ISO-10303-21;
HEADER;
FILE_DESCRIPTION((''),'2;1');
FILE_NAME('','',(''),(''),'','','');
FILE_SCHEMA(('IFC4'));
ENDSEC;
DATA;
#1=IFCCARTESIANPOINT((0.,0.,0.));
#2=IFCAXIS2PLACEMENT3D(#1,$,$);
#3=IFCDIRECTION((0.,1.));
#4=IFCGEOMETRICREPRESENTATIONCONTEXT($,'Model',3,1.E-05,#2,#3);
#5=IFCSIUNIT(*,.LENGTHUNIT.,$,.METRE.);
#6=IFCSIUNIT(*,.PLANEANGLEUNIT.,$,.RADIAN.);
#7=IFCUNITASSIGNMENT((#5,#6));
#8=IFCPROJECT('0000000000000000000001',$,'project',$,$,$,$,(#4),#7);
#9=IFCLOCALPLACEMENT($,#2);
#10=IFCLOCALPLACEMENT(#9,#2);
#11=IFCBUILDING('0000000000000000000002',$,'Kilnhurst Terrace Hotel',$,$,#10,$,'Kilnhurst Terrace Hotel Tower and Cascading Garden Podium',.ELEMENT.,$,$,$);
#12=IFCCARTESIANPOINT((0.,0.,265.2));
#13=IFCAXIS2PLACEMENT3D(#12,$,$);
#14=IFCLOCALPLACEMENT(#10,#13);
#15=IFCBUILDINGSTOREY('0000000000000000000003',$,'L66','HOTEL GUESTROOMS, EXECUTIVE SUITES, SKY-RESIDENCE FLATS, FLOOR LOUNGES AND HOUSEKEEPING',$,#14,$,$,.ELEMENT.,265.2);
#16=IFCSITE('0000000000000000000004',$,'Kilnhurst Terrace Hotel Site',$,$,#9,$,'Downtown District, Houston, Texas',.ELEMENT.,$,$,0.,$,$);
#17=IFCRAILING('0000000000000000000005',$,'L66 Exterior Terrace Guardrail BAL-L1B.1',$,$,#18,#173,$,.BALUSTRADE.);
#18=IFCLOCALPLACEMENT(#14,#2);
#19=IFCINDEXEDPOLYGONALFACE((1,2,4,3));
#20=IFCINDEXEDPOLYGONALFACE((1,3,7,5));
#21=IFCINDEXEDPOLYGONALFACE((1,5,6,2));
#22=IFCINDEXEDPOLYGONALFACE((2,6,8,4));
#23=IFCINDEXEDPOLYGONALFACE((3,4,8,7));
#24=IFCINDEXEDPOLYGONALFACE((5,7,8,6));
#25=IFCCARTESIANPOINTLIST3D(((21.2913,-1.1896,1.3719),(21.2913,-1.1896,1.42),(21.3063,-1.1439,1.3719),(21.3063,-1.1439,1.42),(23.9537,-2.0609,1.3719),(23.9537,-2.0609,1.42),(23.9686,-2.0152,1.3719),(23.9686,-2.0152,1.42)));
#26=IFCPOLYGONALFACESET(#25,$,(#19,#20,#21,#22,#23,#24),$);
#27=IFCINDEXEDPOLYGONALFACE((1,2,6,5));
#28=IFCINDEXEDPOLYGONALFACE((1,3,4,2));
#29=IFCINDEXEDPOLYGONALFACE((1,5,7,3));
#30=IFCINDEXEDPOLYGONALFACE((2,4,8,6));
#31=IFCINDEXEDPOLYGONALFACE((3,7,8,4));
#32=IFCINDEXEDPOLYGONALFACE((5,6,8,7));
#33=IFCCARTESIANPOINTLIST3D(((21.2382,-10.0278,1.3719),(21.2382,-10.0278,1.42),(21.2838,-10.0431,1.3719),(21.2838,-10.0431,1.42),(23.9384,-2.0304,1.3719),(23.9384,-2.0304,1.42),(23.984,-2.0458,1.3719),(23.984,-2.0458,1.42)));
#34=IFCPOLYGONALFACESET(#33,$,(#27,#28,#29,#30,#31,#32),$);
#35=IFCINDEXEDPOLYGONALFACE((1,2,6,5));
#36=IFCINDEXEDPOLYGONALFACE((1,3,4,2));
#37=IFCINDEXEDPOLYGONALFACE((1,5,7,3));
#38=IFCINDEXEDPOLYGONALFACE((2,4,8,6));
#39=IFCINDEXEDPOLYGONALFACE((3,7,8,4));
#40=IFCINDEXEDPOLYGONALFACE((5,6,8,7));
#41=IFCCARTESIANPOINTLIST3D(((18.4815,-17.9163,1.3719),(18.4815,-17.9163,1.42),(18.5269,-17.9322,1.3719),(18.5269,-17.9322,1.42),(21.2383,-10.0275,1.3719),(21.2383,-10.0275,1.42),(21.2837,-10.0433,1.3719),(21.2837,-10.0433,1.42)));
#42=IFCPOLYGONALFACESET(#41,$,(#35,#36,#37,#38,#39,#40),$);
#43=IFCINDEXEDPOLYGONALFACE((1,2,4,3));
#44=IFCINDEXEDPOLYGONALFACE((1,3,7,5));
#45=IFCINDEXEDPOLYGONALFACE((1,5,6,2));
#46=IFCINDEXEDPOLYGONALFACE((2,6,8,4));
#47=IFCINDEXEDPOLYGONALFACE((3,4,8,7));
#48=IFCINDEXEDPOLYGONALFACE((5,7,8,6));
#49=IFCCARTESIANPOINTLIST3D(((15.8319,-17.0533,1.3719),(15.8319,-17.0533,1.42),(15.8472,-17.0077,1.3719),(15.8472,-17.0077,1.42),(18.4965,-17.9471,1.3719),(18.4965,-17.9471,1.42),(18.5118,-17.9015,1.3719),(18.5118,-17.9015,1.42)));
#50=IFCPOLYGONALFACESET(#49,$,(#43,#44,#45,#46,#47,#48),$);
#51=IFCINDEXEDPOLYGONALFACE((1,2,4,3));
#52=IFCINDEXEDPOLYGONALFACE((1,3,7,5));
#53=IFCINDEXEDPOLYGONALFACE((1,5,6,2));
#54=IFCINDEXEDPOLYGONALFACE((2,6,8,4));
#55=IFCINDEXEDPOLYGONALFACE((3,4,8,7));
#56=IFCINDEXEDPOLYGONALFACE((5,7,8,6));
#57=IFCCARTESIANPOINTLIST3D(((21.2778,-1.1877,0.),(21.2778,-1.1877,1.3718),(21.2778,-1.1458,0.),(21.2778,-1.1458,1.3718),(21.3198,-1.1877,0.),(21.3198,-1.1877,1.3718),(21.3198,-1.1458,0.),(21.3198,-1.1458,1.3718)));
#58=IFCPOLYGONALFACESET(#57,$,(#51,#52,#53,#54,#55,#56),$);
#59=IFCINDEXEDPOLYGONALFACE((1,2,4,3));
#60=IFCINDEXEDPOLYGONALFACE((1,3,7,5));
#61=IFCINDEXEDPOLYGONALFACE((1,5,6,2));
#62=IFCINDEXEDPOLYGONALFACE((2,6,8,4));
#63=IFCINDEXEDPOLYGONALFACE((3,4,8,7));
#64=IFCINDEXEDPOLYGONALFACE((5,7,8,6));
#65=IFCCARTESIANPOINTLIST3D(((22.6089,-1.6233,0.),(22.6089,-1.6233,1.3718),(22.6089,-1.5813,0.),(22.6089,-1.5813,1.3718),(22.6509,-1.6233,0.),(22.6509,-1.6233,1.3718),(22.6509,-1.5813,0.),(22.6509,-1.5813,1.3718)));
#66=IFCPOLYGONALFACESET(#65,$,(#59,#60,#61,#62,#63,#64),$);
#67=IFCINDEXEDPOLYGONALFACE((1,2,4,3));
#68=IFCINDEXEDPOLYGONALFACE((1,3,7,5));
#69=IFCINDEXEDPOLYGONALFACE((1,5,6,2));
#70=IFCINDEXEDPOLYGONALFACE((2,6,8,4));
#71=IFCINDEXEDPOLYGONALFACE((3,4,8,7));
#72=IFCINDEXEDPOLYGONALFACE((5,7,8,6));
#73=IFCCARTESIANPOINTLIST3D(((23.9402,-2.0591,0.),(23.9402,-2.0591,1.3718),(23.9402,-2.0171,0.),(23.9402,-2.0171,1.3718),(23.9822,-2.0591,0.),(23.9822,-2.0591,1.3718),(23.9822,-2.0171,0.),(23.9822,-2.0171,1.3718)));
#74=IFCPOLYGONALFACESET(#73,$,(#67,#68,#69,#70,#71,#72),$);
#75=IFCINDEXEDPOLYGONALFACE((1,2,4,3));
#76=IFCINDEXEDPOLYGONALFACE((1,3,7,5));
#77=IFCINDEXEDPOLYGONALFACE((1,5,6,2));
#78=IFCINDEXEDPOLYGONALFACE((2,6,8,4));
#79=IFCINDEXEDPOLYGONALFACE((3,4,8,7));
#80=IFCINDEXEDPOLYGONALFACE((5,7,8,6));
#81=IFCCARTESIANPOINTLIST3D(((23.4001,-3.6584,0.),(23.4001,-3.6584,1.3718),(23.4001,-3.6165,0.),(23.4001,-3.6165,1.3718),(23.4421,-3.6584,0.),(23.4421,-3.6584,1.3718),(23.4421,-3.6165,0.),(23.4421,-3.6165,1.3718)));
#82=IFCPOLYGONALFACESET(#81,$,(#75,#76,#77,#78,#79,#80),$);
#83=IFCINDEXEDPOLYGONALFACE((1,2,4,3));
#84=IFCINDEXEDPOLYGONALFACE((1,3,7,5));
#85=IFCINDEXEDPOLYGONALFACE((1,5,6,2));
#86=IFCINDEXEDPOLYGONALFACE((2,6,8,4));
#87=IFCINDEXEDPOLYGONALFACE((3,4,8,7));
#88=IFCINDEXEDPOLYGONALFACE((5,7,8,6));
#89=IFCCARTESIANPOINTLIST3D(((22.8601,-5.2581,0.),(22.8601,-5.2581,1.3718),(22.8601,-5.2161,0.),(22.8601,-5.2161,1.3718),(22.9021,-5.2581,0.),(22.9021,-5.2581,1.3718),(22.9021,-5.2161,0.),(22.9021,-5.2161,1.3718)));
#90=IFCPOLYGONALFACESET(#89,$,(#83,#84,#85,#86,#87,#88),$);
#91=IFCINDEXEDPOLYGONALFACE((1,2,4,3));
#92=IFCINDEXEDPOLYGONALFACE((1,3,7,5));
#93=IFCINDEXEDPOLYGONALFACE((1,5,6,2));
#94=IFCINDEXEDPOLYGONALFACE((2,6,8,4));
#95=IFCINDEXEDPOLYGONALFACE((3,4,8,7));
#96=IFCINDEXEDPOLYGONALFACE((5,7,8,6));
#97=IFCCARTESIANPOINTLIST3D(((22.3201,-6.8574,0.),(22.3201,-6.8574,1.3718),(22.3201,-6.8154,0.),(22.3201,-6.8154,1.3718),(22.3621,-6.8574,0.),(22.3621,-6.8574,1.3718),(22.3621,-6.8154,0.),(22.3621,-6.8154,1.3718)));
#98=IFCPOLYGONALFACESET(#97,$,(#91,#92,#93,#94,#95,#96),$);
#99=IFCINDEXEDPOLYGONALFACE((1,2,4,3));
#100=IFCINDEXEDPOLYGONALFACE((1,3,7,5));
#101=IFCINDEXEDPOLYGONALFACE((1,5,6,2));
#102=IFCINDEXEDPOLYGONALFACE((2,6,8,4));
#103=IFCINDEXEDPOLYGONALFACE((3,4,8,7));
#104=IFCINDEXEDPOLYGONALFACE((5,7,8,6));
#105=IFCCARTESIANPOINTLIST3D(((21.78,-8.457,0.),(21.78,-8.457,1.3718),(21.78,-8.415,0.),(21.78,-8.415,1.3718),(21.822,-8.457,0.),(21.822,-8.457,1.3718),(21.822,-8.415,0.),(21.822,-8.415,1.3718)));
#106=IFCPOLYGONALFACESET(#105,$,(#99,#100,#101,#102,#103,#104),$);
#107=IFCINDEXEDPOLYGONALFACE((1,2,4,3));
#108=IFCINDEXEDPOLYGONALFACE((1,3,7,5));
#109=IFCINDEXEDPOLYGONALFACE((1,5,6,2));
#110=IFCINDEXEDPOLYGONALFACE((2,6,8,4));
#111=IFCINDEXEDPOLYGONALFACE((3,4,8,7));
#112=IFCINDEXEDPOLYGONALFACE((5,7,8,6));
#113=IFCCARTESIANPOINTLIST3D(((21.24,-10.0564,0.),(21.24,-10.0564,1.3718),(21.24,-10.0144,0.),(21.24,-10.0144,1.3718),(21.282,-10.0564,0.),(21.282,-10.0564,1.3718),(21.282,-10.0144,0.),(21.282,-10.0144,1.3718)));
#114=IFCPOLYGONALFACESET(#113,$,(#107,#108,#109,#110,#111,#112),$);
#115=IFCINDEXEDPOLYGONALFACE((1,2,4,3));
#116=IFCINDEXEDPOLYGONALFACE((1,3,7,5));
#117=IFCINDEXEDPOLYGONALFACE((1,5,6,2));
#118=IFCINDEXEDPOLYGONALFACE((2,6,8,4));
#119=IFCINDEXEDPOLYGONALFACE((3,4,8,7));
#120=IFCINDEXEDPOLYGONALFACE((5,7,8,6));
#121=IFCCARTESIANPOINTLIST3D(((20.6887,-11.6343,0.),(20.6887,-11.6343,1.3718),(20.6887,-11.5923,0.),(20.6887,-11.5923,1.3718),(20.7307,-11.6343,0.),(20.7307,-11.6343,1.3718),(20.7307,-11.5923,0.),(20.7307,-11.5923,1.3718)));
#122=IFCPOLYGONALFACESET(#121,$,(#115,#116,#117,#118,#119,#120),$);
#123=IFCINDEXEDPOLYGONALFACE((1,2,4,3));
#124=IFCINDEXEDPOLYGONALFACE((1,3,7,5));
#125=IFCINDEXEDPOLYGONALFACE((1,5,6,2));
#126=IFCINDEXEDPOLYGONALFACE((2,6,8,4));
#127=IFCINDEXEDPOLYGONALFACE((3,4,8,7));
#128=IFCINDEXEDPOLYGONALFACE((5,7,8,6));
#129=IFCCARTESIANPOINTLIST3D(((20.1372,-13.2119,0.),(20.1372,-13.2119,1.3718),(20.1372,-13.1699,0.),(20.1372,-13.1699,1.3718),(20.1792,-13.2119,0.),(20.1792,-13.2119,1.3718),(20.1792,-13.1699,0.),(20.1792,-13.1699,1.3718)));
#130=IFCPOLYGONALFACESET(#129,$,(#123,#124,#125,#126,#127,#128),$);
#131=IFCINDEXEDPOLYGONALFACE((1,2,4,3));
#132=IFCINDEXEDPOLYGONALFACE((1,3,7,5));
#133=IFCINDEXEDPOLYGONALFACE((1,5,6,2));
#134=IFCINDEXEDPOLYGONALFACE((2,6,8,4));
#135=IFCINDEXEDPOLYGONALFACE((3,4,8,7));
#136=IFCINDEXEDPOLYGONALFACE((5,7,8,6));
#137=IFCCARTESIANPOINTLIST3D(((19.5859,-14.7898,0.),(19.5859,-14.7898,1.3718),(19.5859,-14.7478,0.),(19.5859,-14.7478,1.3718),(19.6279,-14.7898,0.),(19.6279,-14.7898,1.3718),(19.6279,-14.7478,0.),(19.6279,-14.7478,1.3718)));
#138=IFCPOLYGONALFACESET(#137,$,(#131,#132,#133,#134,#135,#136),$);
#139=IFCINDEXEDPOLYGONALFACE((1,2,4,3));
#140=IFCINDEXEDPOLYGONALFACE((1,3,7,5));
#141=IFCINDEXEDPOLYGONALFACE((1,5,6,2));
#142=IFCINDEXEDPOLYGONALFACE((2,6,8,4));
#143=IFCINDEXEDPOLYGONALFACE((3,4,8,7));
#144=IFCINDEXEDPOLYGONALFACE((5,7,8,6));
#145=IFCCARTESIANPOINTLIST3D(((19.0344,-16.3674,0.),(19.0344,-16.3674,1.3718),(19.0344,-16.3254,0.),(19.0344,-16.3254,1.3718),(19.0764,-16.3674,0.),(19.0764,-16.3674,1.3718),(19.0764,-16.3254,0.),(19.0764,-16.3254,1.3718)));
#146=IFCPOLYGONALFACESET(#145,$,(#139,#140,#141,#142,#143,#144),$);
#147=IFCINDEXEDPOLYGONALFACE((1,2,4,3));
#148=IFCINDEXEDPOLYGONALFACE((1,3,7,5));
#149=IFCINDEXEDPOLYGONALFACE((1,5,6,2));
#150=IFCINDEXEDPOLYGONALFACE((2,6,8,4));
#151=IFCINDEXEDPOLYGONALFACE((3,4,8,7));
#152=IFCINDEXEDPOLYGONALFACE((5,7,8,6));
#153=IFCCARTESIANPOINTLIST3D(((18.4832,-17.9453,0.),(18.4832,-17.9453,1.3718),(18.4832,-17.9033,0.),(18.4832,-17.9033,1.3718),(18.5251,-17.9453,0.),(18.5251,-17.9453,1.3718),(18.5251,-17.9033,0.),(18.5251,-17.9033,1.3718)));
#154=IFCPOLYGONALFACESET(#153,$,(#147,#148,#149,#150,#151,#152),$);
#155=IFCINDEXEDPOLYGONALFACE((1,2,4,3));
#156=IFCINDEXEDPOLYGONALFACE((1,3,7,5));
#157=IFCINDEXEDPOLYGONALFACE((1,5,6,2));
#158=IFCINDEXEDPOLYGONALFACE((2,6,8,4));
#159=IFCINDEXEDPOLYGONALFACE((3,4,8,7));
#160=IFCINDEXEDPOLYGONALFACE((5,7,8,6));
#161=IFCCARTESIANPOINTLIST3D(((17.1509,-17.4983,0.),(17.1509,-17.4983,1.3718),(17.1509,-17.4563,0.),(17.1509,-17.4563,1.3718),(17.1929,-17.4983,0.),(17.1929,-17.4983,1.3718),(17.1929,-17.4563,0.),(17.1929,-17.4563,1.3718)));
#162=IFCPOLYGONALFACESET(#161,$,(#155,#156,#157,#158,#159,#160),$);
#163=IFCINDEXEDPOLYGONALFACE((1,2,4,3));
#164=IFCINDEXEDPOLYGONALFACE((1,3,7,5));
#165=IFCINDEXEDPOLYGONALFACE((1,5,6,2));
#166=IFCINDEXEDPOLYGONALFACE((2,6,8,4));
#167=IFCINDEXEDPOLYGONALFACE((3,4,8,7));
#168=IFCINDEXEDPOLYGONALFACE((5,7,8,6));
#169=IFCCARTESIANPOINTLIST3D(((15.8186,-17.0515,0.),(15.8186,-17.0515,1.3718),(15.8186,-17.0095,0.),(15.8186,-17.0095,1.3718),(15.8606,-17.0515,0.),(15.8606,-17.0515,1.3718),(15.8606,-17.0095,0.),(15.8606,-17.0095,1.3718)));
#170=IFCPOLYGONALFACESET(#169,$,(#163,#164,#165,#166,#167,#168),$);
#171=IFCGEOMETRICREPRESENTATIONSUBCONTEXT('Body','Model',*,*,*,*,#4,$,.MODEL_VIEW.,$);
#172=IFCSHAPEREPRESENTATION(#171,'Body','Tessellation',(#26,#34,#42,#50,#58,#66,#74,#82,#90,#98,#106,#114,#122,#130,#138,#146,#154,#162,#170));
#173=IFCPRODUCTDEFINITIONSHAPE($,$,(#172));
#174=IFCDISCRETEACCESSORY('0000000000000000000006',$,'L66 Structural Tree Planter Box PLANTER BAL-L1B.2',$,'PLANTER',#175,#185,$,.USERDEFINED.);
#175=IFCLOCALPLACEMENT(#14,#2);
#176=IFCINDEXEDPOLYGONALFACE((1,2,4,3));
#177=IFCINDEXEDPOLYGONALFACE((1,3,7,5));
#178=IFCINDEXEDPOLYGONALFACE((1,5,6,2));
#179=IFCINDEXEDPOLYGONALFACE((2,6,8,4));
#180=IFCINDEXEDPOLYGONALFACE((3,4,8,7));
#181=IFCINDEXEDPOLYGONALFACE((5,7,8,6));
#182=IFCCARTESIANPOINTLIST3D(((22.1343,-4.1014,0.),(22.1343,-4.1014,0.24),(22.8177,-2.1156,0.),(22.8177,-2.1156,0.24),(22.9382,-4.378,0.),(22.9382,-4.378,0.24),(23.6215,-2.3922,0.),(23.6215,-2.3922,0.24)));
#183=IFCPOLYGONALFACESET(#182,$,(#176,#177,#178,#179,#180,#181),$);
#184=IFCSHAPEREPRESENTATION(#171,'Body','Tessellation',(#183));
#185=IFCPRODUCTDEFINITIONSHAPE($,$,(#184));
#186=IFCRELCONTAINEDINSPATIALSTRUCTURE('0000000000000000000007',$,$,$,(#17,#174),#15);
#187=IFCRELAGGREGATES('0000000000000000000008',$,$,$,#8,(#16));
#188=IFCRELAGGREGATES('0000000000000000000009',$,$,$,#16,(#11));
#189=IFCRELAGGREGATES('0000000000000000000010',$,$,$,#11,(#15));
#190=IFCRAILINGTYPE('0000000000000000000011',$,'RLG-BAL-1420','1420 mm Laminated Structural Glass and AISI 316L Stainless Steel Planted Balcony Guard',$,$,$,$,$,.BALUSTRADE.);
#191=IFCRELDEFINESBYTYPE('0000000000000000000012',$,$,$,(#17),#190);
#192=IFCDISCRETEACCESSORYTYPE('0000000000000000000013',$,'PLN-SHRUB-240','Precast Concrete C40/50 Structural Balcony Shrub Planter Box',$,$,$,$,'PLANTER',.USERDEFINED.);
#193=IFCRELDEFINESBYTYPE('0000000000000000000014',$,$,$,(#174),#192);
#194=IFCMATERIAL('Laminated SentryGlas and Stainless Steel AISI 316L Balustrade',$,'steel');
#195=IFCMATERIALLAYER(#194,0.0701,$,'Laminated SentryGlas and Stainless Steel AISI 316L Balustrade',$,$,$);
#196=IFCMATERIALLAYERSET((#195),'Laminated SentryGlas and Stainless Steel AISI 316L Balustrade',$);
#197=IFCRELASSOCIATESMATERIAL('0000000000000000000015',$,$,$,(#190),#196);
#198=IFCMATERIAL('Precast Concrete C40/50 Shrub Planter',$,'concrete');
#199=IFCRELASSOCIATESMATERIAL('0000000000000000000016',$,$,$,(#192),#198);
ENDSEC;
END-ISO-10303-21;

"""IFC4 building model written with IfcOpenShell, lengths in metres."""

from ifc_helpers import new_model, si_unit, direction, frame, origin, origin_2d, place, context, subcontext, project, spatial, rectangle, extrude, material, layer, layer_set, type_object, element, save


model = new_model("IFC4")

# Units and contexts
model_context = context("Model", 3, precision=1e-05, world=origin(), true_north=direction((0.0, 1.0)))
body_context = subcontext(model_context, "Body", "Model", "MODEL_VIEW")
ifc_project = project(units=[si_unit("LENGTHUNIT", "METRE"), si_unit("PLANEANGLEUNIT", "RADIAN")], contexts=[model_context])

# Site, building, storey
site_placement = place(None, origin())
site = spatial("IfcSite", under=ifc_project, at=site_placement, Name="Kilnhurst Terrace Hotel Site", LongName="Downtown District, Houston, Texas", CompositionType="ELEMENT", RefElevation=0.0)
building_placement = place(site_placement, origin())
building = spatial("IfcBuilding", under=site, at=building_placement, Name="Kilnhurst Terrace Hotel", LongName="Kilnhurst Terrace Hotel Tower and Cascading Garden Podium", CompositionType="ELEMENT")
storey_placement = place(building_placement, frame((0.0, 0.0, 265.2)))
storey = spatial("IfcBuildingStorey", under=building, at=storey_placement, Name="L66", Description="HOTEL GUESTROOMS, EXECUTIVE SUITES, SKY-RESIDENCE FLATS, FLOOR LOUNGES AND HOUSEKEEPING", CompositionType="ELEMENT", Elevation=265.2)

# Railing
ifc_material_1 = material(Name="Laminated SentryGlas and Stainless Steel AISI 316L Balustrade", Category="steel")
ifc_layer_1 = layer(ifc_material_1, 0.0701, Name="Laminated SentryGlas and Stainless Steel AISI 316L Balustrade")
ifc_layer_set_1 = layer_set([ifc_layer_1], Name="Laminated SentryGlas and Stainless Steel AISI 316L Balustrade")
railing_type = type_object("IfcRailingType", Name="RLG-BAL-1420", Description="1420 mm Laminated Structural Glass and AISI 316L Stainless Steel Planted Balcony Guard", PredefinedType="BALUSTRADE", material=ifc_layer_set_1)
railing_placement = place(storey_placement, frame((21.2988, -1.1667, 0.0)))
element("IfcRailing", 1, at=railing_placement, inside=storey, type_object=railing_type, Name="L66 Exterior Terrace Guardrail BAL-L1B.1", PredefinedType="BALUSTRADE", context=body_context, shape_type="SweptSolid", body=[
    extrude(rectangle(XDim=0.0481, YDim=0.0481, at=origin_2d()), frame((0.0, 0.0, 1.396), z_axis=(0.950395, -0.311046, 0.0), x_axis=(0.311046, 0.950395, 0.0)), (0.0, 0.0, 1.0), 2.8013),
    extrude(rectangle(XDim=0.0481, YDim=0.0481, at=origin_2d()), frame((2.6624, -0.8713, 1.396), z_axis=(-0.319896, -0.947453, 0.0), x_axis=(0.947453, -0.319896, 0.0)), (0.0, 0.0, 1.0), 8.4409),
    extrude(rectangle(XDim=0.0481, YDim=0.0481, at=origin_2d()), frame((-0.0378, -8.8687, 1.396), z_axis=(-0.329894, -0.944018, 0.0), x_axis=(0.944018, -0.329894, 0.0)), (0.0, 0.0, 1.0), 8.3567),
    extrude(rectangle(XDim=0.0481, YDim=0.0481, at=origin_2d()), frame((-2.7947, -16.7576, 1.396), z_axis=(-0.948082, 0.318025, 0.0), x_axis=(-0.318025, -0.948082, 0.0)), (0.0, 0.0, 1.0), 2.8105),
    extrude(rectangle(XDim=0.042, YDim=0.042, at=origin_2d()), origin(), (0.0, 0.0, 1.0), 1.3718),
    extrude(rectangle(XDim=0.042, YDim=0.042, at=origin_2d()), frame((1.3311, -0.4355, 0.0)), (0.0, 0.0, 1.0), 1.3718),
    extrude(rectangle(XDim=0.042, YDim=0.042, at=origin_2d()), frame((2.6624, -0.8713, 0.0)), (0.0, 0.0, 1.0), 1.3718),
    extrude(rectangle(XDim=0.042, YDim=0.042, at=origin_2d()), frame((2.1223, -2.4707, 0.0)), (0.0, 0.0, 1.0), 1.3718),
    extrude(rectangle(XDim=0.042, YDim=0.042, at=origin_2d()), frame((1.5823, -4.0703, 0.0)), (0.0, 0.0, 1.0), 1.3718),
    extrude(rectangle(XDim=0.042, YDim=0.042, at=origin_2d()), frame((1.0422, -5.6697, 0.0)), (0.0, 0.0, 1.0), 1.3718),
    extrude(rectangle(XDim=0.042, YDim=0.042, at=origin_2d()), frame((0.5022, -7.2693, 0.0)), (0.0, 0.0, 1.0), 1.3718),
    extrude(rectangle(XDim=0.042, YDim=0.042, at=origin_2d()), frame((-0.0378, -8.8687, 0.0)), (0.0, 0.0, 1.0), 1.3718),
    extrude(rectangle(XDim=0.042, YDim=0.042, at=origin_2d()), frame((-0.5891, -10.4465, 0.0)), (0.0, 0.0, 1.0), 1.3718),
    extrude(rectangle(XDim=0.042, YDim=0.042, at=origin_2d()), frame((-1.1406, -12.0242, 0.0)), (0.0, 0.0, 1.0), 1.3718),
    extrude(rectangle(XDim=0.042, YDim=0.042, at=origin_2d()), frame((-1.6919, -13.6021, 0.0)), (0.0, 0.0, 1.0), 1.3718),
    extrude(rectangle(XDim=0.042, YDim=0.042, at=origin_2d()), frame((-2.2434, -15.1797, 0.0)), (0.0, 0.0, 1.0), 1.3718),
    extrude(rectangle(XDim=0.042, YDim=0.042, at=origin_2d()), frame((-2.7947, -16.7576, 0.0)), (0.0, 0.0, 1.0), 1.3718),
    extrude(rectangle(XDim=0.042, YDim=0.042, at=origin_2d()), frame((-4.127, -16.3105, 0.0)), (0.0, 0.0, 1.0), 1.3718),
    extrude(rectangle(XDim=0.042, YDim=0.042, at=origin_2d()), frame((-5.4592, -15.8638, 0.0)), (0.0, 0.0, 1.0), 1.3718),
])

# Discrete accessory
ifc_material_2 = material(Name="Precast Concrete C40/50 Shrub Planter", Category="concrete")
discrete_accessory_type = type_object("IfcDiscreteAccessoryType", Name="PLN-SHRUB-240", Description="Precast Concrete C40/50 Structural Balcony Shrub Planter Box", ElementType="PLANTER", PredefinedType="USERDEFINED", material=ifc_material_2)
discrete_accessory_placement = place(storey_placement, frame((22.8779, -3.2468, 0.0), z_axis=(0.0, 0.0, 1.0), x_axis=(0.325403, 0.945575, 0.0)))
element("IfcDiscreteAccessory", 2, at=discrete_accessory_placement, inside=storey, type_object=discrete_accessory_type, Name="L66 Structural Tree Planter Box PLANTER BAL-L1B.2", ObjectType="PLANTER", PredefinedType="USERDEFINED", context=body_context, shape_type="SweptSolid", body=[
    extrude(rectangle(XDim=2.1001, YDim=0.8501, at=origin_2d()), origin(), (0.0, 0.0, 1.0), 0.24),
])

save(model, "model.ifc")
